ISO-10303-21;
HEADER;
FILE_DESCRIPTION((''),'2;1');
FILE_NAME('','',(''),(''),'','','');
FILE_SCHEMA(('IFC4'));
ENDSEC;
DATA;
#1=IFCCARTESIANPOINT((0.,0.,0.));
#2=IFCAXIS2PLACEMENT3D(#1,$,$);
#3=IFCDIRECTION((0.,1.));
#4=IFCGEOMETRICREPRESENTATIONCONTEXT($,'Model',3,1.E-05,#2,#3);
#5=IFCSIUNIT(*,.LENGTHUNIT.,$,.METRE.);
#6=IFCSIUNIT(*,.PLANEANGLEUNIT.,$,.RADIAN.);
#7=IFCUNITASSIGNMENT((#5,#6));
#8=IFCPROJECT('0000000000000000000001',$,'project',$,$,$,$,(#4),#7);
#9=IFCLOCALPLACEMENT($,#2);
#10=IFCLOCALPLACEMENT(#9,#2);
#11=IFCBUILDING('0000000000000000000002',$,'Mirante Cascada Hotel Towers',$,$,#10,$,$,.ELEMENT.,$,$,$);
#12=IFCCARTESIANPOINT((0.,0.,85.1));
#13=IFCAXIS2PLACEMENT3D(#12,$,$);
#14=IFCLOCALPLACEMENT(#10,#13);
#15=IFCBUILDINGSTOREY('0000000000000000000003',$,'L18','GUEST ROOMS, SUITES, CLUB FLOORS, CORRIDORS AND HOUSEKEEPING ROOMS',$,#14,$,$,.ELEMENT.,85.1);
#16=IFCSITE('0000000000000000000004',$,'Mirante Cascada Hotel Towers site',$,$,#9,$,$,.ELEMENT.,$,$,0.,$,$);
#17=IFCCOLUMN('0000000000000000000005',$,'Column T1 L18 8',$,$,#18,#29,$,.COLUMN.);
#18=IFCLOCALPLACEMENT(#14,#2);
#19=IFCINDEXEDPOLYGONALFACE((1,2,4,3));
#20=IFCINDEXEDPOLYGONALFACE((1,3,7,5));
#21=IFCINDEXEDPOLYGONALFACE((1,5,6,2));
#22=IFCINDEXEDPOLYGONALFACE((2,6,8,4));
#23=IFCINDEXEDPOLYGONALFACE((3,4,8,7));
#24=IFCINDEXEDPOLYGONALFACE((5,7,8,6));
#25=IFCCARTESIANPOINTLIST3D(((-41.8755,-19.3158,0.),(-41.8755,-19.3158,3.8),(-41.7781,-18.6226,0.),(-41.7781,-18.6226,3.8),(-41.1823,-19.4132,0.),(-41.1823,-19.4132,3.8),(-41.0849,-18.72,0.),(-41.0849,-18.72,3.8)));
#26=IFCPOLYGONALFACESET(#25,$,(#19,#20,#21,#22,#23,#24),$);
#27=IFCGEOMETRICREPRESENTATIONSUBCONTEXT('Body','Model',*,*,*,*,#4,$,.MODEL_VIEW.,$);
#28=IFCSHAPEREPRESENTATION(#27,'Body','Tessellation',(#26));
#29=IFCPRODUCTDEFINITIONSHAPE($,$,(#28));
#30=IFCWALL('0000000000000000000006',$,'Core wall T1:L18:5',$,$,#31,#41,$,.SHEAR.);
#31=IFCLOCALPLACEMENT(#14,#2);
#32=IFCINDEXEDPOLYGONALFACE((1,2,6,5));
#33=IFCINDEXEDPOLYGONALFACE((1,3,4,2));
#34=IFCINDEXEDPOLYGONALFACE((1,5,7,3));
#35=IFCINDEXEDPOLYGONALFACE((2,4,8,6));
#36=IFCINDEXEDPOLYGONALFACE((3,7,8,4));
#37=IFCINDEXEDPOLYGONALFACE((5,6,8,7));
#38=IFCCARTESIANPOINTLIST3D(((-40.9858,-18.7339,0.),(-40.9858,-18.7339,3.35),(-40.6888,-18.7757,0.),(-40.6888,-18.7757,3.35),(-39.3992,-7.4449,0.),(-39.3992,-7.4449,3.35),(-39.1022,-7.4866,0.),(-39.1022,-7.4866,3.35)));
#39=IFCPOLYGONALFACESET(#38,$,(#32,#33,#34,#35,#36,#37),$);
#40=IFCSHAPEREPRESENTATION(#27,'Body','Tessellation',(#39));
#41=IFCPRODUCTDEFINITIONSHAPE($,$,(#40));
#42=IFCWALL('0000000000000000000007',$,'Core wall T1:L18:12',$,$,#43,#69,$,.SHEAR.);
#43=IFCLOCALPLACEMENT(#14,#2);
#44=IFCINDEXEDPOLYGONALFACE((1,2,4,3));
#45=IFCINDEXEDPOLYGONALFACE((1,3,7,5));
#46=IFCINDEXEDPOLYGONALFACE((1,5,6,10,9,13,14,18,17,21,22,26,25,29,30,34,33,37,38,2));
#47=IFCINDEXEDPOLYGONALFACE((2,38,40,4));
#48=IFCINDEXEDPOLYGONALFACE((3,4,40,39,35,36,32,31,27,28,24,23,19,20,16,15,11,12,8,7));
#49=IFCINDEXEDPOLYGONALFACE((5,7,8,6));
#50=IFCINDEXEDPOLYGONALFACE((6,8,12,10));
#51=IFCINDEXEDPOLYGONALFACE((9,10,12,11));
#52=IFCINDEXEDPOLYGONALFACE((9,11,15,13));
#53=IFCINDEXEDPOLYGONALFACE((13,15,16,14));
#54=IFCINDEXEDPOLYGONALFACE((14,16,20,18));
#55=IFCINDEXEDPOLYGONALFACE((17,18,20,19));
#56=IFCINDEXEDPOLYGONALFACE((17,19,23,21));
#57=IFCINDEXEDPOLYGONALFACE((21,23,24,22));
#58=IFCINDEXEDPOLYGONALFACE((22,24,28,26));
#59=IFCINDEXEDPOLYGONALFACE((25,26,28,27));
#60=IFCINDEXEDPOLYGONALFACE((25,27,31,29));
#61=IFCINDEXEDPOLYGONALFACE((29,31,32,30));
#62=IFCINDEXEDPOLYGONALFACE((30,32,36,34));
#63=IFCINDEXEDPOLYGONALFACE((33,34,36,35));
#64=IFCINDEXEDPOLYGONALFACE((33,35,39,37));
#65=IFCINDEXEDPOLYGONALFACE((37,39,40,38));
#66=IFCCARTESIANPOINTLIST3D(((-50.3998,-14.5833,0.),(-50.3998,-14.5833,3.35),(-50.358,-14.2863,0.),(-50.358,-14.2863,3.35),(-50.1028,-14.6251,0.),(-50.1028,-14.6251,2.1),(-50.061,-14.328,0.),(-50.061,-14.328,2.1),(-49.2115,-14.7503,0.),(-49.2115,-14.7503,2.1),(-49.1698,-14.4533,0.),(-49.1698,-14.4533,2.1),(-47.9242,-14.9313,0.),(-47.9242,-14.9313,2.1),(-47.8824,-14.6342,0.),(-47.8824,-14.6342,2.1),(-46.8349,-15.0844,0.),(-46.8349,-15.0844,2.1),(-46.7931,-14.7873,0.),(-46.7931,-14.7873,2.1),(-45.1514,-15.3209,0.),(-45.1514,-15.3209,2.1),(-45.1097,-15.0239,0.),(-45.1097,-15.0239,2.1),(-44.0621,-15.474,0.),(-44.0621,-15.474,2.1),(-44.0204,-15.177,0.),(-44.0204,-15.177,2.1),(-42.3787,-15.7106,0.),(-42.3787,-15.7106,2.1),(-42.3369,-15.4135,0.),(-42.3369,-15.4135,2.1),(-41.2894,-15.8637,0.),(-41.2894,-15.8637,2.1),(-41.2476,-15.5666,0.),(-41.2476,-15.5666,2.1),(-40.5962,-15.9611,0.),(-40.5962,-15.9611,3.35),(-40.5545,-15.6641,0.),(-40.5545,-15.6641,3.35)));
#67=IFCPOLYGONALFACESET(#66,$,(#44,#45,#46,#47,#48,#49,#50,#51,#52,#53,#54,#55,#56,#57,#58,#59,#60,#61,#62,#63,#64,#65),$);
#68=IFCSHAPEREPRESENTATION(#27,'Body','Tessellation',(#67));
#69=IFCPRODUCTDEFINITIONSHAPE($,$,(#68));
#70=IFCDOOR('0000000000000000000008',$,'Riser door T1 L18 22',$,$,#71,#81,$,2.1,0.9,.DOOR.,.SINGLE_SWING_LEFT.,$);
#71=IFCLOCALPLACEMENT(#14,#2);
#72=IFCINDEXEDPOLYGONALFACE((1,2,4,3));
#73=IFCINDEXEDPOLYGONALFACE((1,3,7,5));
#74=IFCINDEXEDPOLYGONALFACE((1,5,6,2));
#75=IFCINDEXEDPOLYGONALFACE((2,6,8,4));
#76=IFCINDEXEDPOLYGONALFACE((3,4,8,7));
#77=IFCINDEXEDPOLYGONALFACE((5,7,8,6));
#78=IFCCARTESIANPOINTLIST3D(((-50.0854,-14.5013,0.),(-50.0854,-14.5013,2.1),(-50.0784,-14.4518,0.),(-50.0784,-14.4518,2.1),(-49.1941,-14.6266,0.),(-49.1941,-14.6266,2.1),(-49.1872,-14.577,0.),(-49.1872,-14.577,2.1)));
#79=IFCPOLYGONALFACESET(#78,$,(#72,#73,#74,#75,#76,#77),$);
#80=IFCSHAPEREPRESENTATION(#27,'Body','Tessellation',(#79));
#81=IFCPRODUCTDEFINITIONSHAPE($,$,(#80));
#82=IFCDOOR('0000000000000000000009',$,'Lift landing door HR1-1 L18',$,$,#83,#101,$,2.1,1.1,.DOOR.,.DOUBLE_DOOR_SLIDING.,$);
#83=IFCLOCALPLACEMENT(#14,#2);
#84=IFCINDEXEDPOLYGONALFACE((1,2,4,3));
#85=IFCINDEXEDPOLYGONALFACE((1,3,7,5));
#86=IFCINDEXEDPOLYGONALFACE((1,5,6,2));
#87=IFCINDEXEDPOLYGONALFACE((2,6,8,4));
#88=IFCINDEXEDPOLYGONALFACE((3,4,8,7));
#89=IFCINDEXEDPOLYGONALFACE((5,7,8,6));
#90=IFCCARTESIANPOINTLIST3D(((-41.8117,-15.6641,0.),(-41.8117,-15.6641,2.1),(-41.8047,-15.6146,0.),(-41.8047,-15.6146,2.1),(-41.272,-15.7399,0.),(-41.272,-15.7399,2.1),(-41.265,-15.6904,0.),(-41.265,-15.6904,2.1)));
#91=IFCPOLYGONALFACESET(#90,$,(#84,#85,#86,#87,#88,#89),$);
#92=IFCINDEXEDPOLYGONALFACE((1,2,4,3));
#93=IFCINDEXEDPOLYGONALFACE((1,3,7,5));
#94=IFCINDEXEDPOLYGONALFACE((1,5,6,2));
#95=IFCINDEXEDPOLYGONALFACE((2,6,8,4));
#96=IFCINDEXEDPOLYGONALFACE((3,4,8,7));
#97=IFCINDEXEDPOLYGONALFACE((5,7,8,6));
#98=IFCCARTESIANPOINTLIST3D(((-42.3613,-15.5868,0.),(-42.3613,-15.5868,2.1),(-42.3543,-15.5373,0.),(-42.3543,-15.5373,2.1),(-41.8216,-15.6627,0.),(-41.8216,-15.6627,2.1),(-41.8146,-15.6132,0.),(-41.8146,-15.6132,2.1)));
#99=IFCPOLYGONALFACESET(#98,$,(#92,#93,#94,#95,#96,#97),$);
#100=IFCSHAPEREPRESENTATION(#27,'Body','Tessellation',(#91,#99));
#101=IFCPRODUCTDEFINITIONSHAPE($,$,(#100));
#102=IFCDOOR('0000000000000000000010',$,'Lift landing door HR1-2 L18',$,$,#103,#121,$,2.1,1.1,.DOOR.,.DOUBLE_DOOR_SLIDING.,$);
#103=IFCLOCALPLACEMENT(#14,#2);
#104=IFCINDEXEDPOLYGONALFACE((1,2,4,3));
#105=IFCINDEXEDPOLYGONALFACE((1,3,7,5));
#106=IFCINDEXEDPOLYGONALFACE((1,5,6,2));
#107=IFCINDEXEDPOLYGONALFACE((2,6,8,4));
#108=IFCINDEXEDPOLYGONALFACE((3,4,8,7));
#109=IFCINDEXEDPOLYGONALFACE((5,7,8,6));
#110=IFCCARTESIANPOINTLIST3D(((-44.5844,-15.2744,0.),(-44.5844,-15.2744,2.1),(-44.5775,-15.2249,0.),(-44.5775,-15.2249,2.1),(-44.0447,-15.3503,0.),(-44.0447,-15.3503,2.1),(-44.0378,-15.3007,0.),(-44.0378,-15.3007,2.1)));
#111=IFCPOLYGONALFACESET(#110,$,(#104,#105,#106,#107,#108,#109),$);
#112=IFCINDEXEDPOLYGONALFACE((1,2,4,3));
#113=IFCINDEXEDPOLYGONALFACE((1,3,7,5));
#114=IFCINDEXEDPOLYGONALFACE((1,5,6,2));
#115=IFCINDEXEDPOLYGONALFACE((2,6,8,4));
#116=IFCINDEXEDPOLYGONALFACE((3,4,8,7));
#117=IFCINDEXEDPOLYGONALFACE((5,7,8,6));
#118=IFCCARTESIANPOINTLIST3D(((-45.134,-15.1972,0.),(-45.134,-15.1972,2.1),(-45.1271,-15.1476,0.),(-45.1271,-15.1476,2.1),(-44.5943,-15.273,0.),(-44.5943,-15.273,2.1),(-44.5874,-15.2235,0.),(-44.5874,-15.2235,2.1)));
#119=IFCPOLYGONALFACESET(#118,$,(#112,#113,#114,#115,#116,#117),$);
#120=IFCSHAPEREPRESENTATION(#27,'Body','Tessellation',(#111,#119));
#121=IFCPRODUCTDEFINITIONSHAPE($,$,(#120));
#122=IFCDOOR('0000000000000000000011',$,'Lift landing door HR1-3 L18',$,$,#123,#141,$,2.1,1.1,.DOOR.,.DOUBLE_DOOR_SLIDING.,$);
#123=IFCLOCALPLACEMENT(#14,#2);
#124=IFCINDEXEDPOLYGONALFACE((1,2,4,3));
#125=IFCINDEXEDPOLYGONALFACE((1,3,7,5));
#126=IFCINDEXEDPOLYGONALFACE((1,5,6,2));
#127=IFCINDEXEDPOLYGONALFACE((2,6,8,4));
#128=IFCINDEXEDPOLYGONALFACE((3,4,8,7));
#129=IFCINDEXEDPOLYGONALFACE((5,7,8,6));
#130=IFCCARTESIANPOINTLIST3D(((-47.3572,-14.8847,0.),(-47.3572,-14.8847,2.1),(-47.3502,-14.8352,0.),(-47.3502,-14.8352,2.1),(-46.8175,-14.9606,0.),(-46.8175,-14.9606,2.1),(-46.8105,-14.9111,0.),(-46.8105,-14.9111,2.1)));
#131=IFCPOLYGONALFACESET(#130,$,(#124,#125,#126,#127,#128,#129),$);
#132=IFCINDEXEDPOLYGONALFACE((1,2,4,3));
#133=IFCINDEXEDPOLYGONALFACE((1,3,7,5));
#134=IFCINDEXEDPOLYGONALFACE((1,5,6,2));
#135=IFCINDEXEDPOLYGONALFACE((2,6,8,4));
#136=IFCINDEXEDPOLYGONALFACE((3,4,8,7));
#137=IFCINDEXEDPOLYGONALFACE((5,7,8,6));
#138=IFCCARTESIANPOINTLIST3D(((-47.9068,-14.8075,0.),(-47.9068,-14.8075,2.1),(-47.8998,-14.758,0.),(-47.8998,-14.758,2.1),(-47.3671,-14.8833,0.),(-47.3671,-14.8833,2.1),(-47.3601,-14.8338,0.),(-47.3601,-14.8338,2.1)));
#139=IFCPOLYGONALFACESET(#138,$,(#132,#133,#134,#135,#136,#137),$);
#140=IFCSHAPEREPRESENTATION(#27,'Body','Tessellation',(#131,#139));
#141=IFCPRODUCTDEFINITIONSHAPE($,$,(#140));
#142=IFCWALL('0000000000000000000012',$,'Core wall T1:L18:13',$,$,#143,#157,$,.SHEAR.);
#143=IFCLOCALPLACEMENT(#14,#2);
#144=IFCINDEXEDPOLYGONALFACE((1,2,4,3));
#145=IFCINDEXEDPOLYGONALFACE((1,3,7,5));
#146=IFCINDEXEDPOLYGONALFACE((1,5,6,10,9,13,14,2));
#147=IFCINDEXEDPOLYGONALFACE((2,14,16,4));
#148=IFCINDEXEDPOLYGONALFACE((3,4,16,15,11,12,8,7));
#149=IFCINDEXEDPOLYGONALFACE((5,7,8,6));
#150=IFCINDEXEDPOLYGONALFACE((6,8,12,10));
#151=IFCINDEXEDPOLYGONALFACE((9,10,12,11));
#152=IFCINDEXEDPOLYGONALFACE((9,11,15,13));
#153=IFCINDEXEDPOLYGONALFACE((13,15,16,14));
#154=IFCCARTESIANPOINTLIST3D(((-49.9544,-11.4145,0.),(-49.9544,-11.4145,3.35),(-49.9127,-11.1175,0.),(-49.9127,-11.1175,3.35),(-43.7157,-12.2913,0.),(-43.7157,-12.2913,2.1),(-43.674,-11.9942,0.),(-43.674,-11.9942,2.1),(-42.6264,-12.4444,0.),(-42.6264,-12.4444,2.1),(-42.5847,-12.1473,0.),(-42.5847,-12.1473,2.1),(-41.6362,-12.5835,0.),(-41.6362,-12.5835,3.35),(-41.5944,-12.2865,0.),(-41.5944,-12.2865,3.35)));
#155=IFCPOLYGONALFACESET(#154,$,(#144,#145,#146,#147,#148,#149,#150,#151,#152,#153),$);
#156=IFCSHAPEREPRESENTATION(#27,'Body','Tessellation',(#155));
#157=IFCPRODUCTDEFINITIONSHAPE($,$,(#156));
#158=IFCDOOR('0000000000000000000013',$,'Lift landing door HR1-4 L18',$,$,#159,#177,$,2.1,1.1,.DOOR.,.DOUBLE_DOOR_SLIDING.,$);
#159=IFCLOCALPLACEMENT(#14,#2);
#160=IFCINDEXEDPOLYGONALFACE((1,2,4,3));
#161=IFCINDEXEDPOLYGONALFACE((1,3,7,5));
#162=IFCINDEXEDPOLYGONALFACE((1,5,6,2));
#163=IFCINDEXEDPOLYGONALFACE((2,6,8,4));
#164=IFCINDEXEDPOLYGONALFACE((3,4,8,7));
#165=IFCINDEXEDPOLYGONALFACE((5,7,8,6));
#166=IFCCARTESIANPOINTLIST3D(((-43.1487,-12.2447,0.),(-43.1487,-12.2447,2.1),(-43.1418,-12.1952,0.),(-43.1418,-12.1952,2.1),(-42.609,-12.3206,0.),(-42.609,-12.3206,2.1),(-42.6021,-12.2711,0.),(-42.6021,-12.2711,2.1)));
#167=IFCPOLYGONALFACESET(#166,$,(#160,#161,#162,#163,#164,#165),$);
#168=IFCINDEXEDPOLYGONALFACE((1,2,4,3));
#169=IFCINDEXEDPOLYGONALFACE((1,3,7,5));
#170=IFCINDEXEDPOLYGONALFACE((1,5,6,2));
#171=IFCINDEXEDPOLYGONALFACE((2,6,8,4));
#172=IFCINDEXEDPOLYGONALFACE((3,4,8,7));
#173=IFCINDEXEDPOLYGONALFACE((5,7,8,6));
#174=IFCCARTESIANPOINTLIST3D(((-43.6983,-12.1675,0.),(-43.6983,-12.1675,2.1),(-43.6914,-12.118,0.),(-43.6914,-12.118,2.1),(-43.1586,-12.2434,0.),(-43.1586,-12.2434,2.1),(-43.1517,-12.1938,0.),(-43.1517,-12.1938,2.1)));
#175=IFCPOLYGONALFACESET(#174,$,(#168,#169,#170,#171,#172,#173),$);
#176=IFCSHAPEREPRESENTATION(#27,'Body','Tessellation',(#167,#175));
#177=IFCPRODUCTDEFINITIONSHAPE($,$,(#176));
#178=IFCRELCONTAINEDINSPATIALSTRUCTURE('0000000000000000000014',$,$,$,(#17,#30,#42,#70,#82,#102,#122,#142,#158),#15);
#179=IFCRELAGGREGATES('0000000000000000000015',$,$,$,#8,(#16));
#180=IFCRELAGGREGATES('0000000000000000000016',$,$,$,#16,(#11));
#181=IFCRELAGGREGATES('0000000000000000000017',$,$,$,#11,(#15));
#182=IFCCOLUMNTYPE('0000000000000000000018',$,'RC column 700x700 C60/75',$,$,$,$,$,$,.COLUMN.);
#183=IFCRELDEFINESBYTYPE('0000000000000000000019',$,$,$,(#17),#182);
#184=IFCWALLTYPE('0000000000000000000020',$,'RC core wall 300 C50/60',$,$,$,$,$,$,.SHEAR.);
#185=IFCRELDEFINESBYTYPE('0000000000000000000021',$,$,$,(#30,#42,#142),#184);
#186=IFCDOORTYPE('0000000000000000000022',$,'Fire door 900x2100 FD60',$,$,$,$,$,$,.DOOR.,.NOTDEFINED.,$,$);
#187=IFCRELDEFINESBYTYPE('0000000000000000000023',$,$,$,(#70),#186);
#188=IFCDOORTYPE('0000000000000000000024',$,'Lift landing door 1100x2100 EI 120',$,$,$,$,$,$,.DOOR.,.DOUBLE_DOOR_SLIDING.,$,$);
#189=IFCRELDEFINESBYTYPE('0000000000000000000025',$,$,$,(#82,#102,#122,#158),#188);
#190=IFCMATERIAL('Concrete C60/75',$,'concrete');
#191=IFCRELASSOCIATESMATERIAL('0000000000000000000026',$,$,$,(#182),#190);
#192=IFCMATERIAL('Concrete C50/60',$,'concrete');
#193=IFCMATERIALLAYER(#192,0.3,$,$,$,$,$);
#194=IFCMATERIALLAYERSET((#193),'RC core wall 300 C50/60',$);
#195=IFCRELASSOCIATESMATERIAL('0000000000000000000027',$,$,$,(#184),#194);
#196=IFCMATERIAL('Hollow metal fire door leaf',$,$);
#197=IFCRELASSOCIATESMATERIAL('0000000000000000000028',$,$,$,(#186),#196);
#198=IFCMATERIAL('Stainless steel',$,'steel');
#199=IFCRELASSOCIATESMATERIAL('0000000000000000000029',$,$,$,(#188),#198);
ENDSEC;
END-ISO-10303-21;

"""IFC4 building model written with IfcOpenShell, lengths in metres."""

from ifc_helpers import new_model, si_unit, direction, frame, frame_2d, origin, origin_2d, place, context, subcontext, project, spatial, rectangle, extrude, material, layer, layer_set, material_profile, profile_set, type_object, element, fill, save


model = new_model("IFC4")

# Units and contexts
model_context = context("Model", 3, precision=1e-05, world=origin(), true_north=direction((0.0, 1.0)))
body_context = subcontext(model_context, "Body", "Model", "MODEL_VIEW")
ifc_project = project(units=[si_unit("LENGTHUNIT", "METRE"), si_unit("PLANEANGLEUNIT", "RADIAN")], contexts=[model_context])

# Site, building, storey
site_placement = place(None, origin())
site = spatial("IfcSite", under=ifc_project, at=site_placement, Name="Mirante Cascada Hotel Towers site", CompositionType="ELEMENT", RefElevation=0.0)
building_placement = place(site_placement, origin())
building = spatial("IfcBuilding", under=site, at=building_placement, Name="Mirante Cascada Hotel Towers", CompositionType="ELEMENT")
storey_placement = place(building_placement, frame((0.0, 0.0, 85.1)))
storey = spatial("IfcBuildingStorey", under=building, at=storey_placement, Name="L18", Description="GUEST ROOMS, SUITES, CLUB FLOORS, CORRIDORS AND HOUSEKEEPING ROOMS", CompositionType="ELEMENT", Elevation=85.1)

# Column
ifc_material_1 = material(Name="Concrete C60/75", Category="concrete")
ifc_material_profile = material_profile(ifc_material_1, rectangle(XDim=0.7, YDim=0.7, at=origin_2d()), Name="RC column 700x700 C60/75")
ifc_profile_set = profile_set([ifc_material_profile], Name="Concrete C60/75")
column_type = type_object("IfcColumnType", Name="RC column 700x700 C60/75", PredefinedType="COLUMN", material=ifc_profile_set)
column_placement = place(storey_placement, frame((-41.4802, -19.0179, 0.0), z_axis=(0.0, 0.0, 1.0), x_axis=(-0.990268, 0.139173, 0.0)))
element("IfcColumn", 1, at=column_placement, inside=storey, type_object=column_type, Name="Column T1 L18 8", PredefinedType="COLUMN", context=body_context, shape_type="SweptSolid", body=[
    extrude(rectangle(XDim=0.7, YDim=0.7, at=origin_2d()), origin(), (0.0, 0.0, 1.0), 3.8),
])

# Wall
ifc_material_2 = material(Name="Concrete C50/60", Category="concrete")
ifc_layer_1 = layer(ifc_material_2, 0.3)
ifc_layer_set_1 = layer_set([ifc_layer_1], Name="RC core wall 300 C50/60")
wall_type_1 = type_object("IfcWallType", Name="RC core wall 300 C50/60", PredefinedType="SHEAR", material=ifc_layer_set_1)
wall_1_placement = place(storey_placement, frame((-40.8373, -18.7548, 0.0), z_axis=(0.0, 0.0, 1.0), x_axis=(0.139175, 0.990268, 0.0)))
element("IfcWall", 2, at=wall_1_placement, inside=storey, type_object=wall_type_1, Name="Core wall T1:L18:5", PredefinedType="SHEAR", context=body_context, shape_type="SweptSolid", body=[
    extrude(rectangle(XDim=11.4, YDim=0.3, at=frame_2d((5.7, 0.0))), origin(), (0.0, 0.0, 1.0), 3.35),
])

# Wall, openings, doors
wall_2_placement = place(storey_placement, frame((-40.5753, -15.8126, 0.0), z_axis=(0.0, 0.0, 1.0), x_axis=(-0.990268, 0.139173, 0.0)))
wall_2 = element("IfcWall", 3, at=wall_2_placement, inside=storey, type_object=wall_type_1, Name="Core wall T1:L18:12", PredefinedType="SHEAR", context=body_context, shape_type="SweptSolid", body=[
    extrude(rectangle(XDim=9.8999, YDim=0.3, at=frame_2d((4.95, 0.0))), origin(), (0.0, 0.0, 1.0), 3.35),
])
opening_1_placement = place(wall_2_placement, frame((0.7, 0.0, 0.0)))
opening_1 = element("IfcOpeningElement", 4, at=opening_1_placement, cuts=wall_2, PredefinedType="OPENING", context=body_context, shape_type="SweptSolid", body=[
    extrude(rectangle(XDim=1.1, YDim=2.1, at=frame_2d((0.55, 1.05))), frame((0.0, 0.15, 0.0), z_axis=(0.0, -1.0, 0.0), x_axis=(1.0, 0.0, 0.0)), (0.0, 0.0, 1.0), 0.3),
])
opening_2_placement = place(wall_2_placement, frame((3.5, 0.0, 0.0)))
opening_2 = element("IfcOpeningElement", 5, at=opening_2_placement, cuts=wall_2, PredefinedType="OPENING", context=body_context, shape_type="SweptSolid", body=[
    extrude(rectangle(XDim=1.1, YDim=2.1, at=frame_2d((0.55, 1.05))), frame((0.0, 0.15, 0.0), z_axis=(0.0, -1.0, 0.0), x_axis=(1.0, 0.0, 0.0)), (0.0, 0.0, 1.0), 0.3),
])
opening_3_placement = place(wall_2_placement, frame((6.3, 0.0, 0.0)))
opening_3 = element("IfcOpeningElement", 6, at=opening_3_placement, cuts=wall_2, PredefinedType="OPENING", context=body_context, shape_type="SweptSolid", body=[
    extrude(rectangle(XDim=1.1, YDim=2.1, at=frame_2d((0.55, 1.05))), frame((0.0, 0.15, 0.0), z_axis=(0.0, -1.0, 0.0), x_axis=(1.0, 0.0, 0.0)), (0.0, 0.0, 1.0), 0.3),
])
opening_4_placement = place(wall_2_placement, frame((8.7, 0.0, 0.0)))
opening_4 = element("IfcOpeningElement", 7, at=opening_4_placement, cuts=wall_2, PredefinedType="OPENING", context=body_context, shape_type="SweptSolid", body=[
    extrude(rectangle(XDim=0.9, YDim=2.1, at=frame_2d((0.45, 1.05))), frame((0.0, 0.15, 0.0), z_axis=(0.0, -1.0, 0.0), x_axis=(1.0, 0.0, 0.0)), (0.0, 0.0, 1.0), 0.3),
])
ifc_material_3 = material(Name="Hollow metal fire door leaf")
door_type_1 = type_object("IfcDoorType", Name="Fire door 900x2100 FD60", OperationType="NOTDEFINED", PredefinedType="DOOR", material=ifc_material_3)
door_1_placement = place(opening_4_placement, origin())
door_1 = element("IfcDoor", 8, at=door_1_placement, inside=storey, type_object=door_type_1, Name="Riser door T1 L18 22", OperationType="SINGLE_SWING_LEFT", OverallHeight=2.1, OverallWidth=0.9, PredefinedType="DOOR", context=body_context, shape_type="SweptSolid", body=[
    extrude(rectangle(XDim=0.9, YDim=2.1, at=frame_2d((0.45, 1.05))), frame((0.0, 0.025, 0.0), z_axis=(0.0, -1.0, 0.0), x_axis=(1.0, 0.0, 0.0)), (0.0, 0.0, 1.0), 0.05),
])
fill(opening_4, door_1)
ifc_material_4 = material(Name="Stainless steel", Category="steel")
door_type_2 = type_object("IfcDoorType", Name="Lift landing door 1100x2100 EI 120", OperationType="DOUBLE_DOOR_SLIDING", PredefinedType="DOOR", material=ifc_material_4)
door_2_placement = place(opening_1_placement, origin())
door_2 = element("IfcDoor", 9, at=door_2_placement, inside=storey, type_object=door_type_2, Name="Lift landing door HR1-1 L18", OperationType="DOUBLE_DOOR_SLIDING", OverallHeight=2.1, OverallWidth=1.1, PredefinedType="DOOR", context=body_context, shape_type="SweptSolid", body=[
    extrude(rectangle(XDim=0.545, YDim=2.1, at=frame_2d((0.2725, 1.05))), frame((0.0, 0.025, 0.0), z_axis=(0.0, -1.0, 0.0), x_axis=(1.0, 0.0, 0.0)), (0.0, 0.0, 1.0), 0.05),
    extrude(rectangle(XDim=0.545, YDim=2.1, at=frame_2d((0.8275, 1.05))), frame((0.0, 0.025, 0.0), z_axis=(0.0, -1.0, 0.0), x_axis=(1.0, 0.0, 0.0)), (0.0, 0.0, 1.0), 0.05),
])
fill(opening_1, door_2)
door_3_placement = place(opening_2_placement, origin())
door_3 = element("IfcDoor", 10, at=door_3_placement, inside=storey, type_object=door_type_2, Name="Lift landing door HR1-2 L18", OperationType="DOUBLE_DOOR_SLIDING", OverallHeight=2.1, OverallWidth=1.1, PredefinedType="DOOR", context=body_context, shape_type="SweptSolid", body=[
    extrude(rectangle(XDim=0.545, YDim=2.1, at=frame_2d((0.2725, 1.05))), frame((0.0, 0.025, 0.0), z_axis=(0.0, -1.0, 0.0), x_axis=(1.0, 0.0, 0.0)), (0.0, 0.0, 1.0), 0.05),
    extrude(rectangle(XDim=0.545, YDim=2.1, at=frame_2d((0.8275, 1.05))), frame((0.0, 0.025, 0.0), z_axis=(0.0, -1.0, 0.0), x_axis=(1.0, 0.0, 0.0)), (0.0, 0.0, 1.0), 0.05),
])
fill(opening_2, door_3)
door_4_placement = place(opening_3_placement, origin())
door_4 = element("IfcDoor", 11, at=door_4_placement, inside=storey, type_object=door_type_2, Name="Lift landing door HR1-3 L18", OperationType="DOUBLE_DOOR_SLIDING", OverallHeight=2.1, OverallWidth=1.1, PredefinedType="DOOR", context=body_context, shape_type="SweptSolid", body=[
    extrude(rectangle(XDim=0.545, YDim=2.1, at=frame_2d((0.2725, 1.05))), frame((0.0, 0.025, 0.0), z_axis=(0.0, -1.0, 0.0), x_axis=(1.0, 0.0, 0.0)), (0.0, 0.0, 1.0), 0.05),
    extrude(rectangle(XDim=0.545, YDim=2.1, at=frame_2d((0.8275, 1.05))), frame((0.0, 0.025, 0.0), z_axis=(0.0, -1.0, 0.0), x_axis=(1.0, 0.0, 0.0)), (0.0, 0.0, 1.0), 0.05),
])
fill(opening_3, door_4)

# Wall, opening, door
wall_3_placement = place(storey_placement, frame((-41.6153, -12.435, 0.0), z_axis=(0.0, 0.0, 1.0), x_axis=(-0.990269, 0.139166, 0.0)))
wall_3 = element("IfcWall", 12, at=wall_3_placement, inside=storey, type_object=wall_type_1, Name="Core wall T1:L18:13", PredefinedType="SHEAR", context=body_context, shape_type="SweptSolid", body=[
    extrude(rectangle(XDim=8.4, YDim=0.3, at=frame_2d((4.2, 0.0))), origin(), (0.0, 0.0, 1.0), 3.35),
])
opening_5_placement = place(wall_3_placement, frame((1.0, 0.0, 0.0)))
opening_5 = element("IfcOpeningElement", 13, at=opening_5_placement, cuts=wall_3, PredefinedType="OPENING", context=body_context, shape_type="SweptSolid", body=[
    extrude(rectangle(XDim=1.1, YDim=2.1, at=frame_2d((0.55, 1.05))), frame((0.0, 0.15, 0.0), z_axis=(0.0, -1.0, 0.0), x_axis=(1.0, 0.0, 0.0)), (0.0, 0.0, 1.0), 0.3),
])
door_5_placement = place(opening_5_placement, origin())
door_5 = element("IfcDoor", 14, at=door_5_placement, inside=storey, type_object=door_type_2, Name="Lift landing door HR1-4 L18", OperationType="DOUBLE_DOOR_SLIDING", OverallHeight=2.1, OverallWidth=1.1, PredefinedType="DOOR", context=body_context, shape_type="SweptSolid", body=[
    extrude(rectangle(XDim=0.545, YDim=2.1, at=frame_2d((0.2725, 1.05))), frame((0.0, 0.025, 0.0), z_axis=(0.0, -1.0, 0.0), x_axis=(1.0, 0.0, 0.0)), (0.0, 0.0, 1.0), 0.05),
    extrude(rectangle(XDim=0.545, YDim=2.1, at=frame_2d((0.8275, 1.05))), frame((0.0, 0.025, 0.0), z_axis=(0.0, -1.0, 0.0), x_axis=(1.0, 0.0, 0.0)), (0.0, 0.0, 1.0), 0.05),
])
fill(opening_5, door_5)

save(model, "model.ifc")
